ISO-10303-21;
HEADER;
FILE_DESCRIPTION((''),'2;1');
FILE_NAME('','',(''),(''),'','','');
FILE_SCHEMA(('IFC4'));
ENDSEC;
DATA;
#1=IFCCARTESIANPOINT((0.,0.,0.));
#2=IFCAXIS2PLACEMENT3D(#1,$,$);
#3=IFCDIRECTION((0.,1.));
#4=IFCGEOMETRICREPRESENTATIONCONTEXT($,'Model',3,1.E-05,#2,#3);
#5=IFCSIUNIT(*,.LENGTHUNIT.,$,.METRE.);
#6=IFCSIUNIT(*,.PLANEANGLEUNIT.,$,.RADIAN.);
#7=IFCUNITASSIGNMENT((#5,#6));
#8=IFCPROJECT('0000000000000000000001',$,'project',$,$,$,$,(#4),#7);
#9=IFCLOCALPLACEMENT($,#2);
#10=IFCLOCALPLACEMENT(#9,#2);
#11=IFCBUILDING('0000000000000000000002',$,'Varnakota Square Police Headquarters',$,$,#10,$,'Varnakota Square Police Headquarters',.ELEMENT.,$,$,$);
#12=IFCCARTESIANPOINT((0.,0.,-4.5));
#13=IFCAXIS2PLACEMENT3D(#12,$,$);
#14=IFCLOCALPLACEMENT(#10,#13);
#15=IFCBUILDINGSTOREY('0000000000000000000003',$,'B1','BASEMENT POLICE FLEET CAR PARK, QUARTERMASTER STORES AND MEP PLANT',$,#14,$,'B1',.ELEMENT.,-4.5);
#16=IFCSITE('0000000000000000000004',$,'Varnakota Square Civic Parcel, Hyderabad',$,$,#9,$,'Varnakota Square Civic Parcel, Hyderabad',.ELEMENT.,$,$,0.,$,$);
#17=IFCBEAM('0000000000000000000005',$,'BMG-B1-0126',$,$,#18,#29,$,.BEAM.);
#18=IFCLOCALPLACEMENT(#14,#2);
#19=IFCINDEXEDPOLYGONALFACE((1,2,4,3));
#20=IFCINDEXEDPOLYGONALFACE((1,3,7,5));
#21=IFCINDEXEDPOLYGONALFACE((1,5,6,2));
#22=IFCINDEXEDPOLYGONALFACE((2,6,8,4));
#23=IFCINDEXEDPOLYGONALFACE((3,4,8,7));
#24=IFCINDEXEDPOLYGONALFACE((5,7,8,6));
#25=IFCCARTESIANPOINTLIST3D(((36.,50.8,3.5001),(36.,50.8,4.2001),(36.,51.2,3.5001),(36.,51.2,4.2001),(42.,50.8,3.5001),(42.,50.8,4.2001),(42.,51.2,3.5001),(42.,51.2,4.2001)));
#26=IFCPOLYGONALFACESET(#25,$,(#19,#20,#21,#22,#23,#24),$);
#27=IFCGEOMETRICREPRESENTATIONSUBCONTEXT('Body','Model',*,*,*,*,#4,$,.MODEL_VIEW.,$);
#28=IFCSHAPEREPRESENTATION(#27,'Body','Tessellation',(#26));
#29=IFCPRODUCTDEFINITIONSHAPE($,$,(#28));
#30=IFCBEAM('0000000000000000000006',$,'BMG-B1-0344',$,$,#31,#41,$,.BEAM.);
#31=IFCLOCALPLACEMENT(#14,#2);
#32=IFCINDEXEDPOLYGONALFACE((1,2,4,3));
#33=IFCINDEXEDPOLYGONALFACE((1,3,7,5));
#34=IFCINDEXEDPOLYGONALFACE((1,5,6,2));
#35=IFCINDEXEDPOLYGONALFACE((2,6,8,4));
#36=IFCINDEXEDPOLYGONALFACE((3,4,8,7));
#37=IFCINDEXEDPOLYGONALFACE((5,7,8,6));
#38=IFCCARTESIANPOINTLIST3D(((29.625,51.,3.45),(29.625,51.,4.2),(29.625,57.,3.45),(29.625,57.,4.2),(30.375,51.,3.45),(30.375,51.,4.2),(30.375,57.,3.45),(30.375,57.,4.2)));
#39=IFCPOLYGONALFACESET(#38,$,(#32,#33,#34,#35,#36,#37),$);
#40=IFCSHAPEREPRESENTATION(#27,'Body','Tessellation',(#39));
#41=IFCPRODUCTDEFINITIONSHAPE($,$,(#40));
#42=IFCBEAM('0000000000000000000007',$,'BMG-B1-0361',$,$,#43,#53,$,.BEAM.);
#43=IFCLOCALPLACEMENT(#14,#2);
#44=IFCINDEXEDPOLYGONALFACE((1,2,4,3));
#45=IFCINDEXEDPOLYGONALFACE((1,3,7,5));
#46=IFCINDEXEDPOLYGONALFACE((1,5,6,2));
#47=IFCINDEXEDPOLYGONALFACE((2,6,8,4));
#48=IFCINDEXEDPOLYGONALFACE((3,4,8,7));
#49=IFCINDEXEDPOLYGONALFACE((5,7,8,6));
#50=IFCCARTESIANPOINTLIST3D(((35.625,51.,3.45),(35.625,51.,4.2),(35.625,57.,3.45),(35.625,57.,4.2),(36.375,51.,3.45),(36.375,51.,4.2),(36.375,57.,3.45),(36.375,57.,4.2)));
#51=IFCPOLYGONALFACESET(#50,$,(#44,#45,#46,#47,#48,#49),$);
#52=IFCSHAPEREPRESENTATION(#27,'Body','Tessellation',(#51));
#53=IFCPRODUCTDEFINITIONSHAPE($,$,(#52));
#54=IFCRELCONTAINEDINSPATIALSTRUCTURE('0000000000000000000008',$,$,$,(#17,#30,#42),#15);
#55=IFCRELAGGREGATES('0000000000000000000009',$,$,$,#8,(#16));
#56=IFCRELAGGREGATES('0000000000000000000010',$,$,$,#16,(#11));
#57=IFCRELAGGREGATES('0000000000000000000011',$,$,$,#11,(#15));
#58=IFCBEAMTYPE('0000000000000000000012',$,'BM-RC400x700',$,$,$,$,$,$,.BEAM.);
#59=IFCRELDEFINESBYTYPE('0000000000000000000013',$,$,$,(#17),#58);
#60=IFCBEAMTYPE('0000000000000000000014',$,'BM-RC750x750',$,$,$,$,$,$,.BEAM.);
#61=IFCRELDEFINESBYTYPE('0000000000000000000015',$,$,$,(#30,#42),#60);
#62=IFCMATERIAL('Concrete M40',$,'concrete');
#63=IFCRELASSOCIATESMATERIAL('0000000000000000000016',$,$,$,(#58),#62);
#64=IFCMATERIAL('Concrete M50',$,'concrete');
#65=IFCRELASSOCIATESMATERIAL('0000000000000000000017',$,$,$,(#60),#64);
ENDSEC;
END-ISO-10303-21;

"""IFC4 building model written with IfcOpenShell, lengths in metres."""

from ifc_helpers import new_model, si_unit, direction, frame, origin, origin_2d, place, context, subcontext, project, spatial, rectangle, extrude, material, material_profile, profile_set, type_object, element, save


model = new_model("IFC4")

# Units and contexts
model_context = context("Model", 3, precision=1e-05, world=origin(), true_north=direction((0.0, 1.0)))
body_context = subcontext(model_context, "Body", "Model", "MODEL_VIEW")
ifc_project = project(units=[si_unit("LENGTHUNIT", "METRE"), si_unit("PLANEANGLEUNIT", "RADIAN")], contexts=[model_context])

# Site, building, storey
site_placement = place(None, origin())
site = spatial("IfcSite", under=ifc_project, at=site_placement, Name="Varnakota Square Civic Parcel, Hyderabad", LongName="Varnakota Square Civic Parcel, Hyderabad", CompositionType="ELEMENT", RefElevation=0.0)
building_placement = place(site_placement, origin())
building = spatial("IfcBuilding", under=site, at=building_placement, Name="Varnakota Square Police Headquarters", LongName="Varnakota Square Police Headquarters", CompositionType="ELEMENT")
storey_placement = place(building_placement, frame((0.0, 0.0, -4.5)))
storey = spatial("IfcBuildingStorey", under=building, at=storey_placement, Name="B1", Description="BASEMENT POLICE FLEET CAR PARK, QUARTERMASTER STORES AND MEP PLANT", LongName="B1", CompositionType="ELEMENT", Elevation=-4.5)

# Shared definitions
ifc_material_1 = material(Name="Concrete M50", Category="concrete")

# Beams
ifc_material_2 = material(Name="Concrete M40", Category="concrete")
ifc_material_profile_1 = material_profile(ifc_material_2, rectangle(XDim=0.3999, YDim=0.7, at=origin_2d()), Name="RC 400x700")
ifc_profile_set_1 = profile_set([ifc_material_profile_1], Name="Concrete M40")
beam_type_1 = type_object("IfcBeamType", Name="BM-RC400x700", PredefinedType="BEAM", material=ifc_profile_set_1)
beam_1_placement = place(storey_placement, frame((36.0, 51.0, 3.8501), z_axis=(1.0, 0.0, 0.0), x_axis=(0.0, 1.0, 0.0)))
element("IfcBeam", 1, at=beam_1_placement, inside=storey, type_object=beam_type_1, Name="BMG-B1-0126", PredefinedType="BEAM", context=body_context, shape_type="SweptSolid", body=[
    extrude(rectangle(XDim=0.3999, YDim=0.7, at=origin_2d()), origin(), (0.0, 0.0, 1.0), 6.0),
])
ifc_material_profile_2 = material_profile(ifc_material_1, rectangle(XDim=0.75, YDim=0.75, at=origin_2d()), Name="RC 750x750")
ifc_profile_set_2 = profile_set([ifc_material_profile_2], Name="Concrete M50")
beam_type_2 = type_object("IfcBeamType", Name="BM-RC750x750", PredefinedType="BEAM", material=ifc_profile_set_2)
for number, where, z_axis, x_axis, name in (
    (2, (30.0, 51.0, 3.825), (0.0, 1.0, 0.0), (-1.0, 0.0, 0.0), "BMG-B1-0344"),
    (3, (36.0, 51.0, 3.825), (0.0, 1.0, 0.0), (-1.0, 0.0, 0.0), "BMG-B1-0361"),
):
    element("IfcBeam", number, at=place(storey_placement, frame(where, z_axis=z_axis, x_axis=x_axis)), inside=storey, type_object=beam_type_2, Name=name, PredefinedType="BEAM", context=body_context, shape_type="SweptSolid", body=[
        extrude(rectangle(XDim=0.75, YDim=0.75, at=origin_2d()), origin(), (0.0, 0.0, 1.0), 6.0),
    ])

save(model, "model.ifc")
